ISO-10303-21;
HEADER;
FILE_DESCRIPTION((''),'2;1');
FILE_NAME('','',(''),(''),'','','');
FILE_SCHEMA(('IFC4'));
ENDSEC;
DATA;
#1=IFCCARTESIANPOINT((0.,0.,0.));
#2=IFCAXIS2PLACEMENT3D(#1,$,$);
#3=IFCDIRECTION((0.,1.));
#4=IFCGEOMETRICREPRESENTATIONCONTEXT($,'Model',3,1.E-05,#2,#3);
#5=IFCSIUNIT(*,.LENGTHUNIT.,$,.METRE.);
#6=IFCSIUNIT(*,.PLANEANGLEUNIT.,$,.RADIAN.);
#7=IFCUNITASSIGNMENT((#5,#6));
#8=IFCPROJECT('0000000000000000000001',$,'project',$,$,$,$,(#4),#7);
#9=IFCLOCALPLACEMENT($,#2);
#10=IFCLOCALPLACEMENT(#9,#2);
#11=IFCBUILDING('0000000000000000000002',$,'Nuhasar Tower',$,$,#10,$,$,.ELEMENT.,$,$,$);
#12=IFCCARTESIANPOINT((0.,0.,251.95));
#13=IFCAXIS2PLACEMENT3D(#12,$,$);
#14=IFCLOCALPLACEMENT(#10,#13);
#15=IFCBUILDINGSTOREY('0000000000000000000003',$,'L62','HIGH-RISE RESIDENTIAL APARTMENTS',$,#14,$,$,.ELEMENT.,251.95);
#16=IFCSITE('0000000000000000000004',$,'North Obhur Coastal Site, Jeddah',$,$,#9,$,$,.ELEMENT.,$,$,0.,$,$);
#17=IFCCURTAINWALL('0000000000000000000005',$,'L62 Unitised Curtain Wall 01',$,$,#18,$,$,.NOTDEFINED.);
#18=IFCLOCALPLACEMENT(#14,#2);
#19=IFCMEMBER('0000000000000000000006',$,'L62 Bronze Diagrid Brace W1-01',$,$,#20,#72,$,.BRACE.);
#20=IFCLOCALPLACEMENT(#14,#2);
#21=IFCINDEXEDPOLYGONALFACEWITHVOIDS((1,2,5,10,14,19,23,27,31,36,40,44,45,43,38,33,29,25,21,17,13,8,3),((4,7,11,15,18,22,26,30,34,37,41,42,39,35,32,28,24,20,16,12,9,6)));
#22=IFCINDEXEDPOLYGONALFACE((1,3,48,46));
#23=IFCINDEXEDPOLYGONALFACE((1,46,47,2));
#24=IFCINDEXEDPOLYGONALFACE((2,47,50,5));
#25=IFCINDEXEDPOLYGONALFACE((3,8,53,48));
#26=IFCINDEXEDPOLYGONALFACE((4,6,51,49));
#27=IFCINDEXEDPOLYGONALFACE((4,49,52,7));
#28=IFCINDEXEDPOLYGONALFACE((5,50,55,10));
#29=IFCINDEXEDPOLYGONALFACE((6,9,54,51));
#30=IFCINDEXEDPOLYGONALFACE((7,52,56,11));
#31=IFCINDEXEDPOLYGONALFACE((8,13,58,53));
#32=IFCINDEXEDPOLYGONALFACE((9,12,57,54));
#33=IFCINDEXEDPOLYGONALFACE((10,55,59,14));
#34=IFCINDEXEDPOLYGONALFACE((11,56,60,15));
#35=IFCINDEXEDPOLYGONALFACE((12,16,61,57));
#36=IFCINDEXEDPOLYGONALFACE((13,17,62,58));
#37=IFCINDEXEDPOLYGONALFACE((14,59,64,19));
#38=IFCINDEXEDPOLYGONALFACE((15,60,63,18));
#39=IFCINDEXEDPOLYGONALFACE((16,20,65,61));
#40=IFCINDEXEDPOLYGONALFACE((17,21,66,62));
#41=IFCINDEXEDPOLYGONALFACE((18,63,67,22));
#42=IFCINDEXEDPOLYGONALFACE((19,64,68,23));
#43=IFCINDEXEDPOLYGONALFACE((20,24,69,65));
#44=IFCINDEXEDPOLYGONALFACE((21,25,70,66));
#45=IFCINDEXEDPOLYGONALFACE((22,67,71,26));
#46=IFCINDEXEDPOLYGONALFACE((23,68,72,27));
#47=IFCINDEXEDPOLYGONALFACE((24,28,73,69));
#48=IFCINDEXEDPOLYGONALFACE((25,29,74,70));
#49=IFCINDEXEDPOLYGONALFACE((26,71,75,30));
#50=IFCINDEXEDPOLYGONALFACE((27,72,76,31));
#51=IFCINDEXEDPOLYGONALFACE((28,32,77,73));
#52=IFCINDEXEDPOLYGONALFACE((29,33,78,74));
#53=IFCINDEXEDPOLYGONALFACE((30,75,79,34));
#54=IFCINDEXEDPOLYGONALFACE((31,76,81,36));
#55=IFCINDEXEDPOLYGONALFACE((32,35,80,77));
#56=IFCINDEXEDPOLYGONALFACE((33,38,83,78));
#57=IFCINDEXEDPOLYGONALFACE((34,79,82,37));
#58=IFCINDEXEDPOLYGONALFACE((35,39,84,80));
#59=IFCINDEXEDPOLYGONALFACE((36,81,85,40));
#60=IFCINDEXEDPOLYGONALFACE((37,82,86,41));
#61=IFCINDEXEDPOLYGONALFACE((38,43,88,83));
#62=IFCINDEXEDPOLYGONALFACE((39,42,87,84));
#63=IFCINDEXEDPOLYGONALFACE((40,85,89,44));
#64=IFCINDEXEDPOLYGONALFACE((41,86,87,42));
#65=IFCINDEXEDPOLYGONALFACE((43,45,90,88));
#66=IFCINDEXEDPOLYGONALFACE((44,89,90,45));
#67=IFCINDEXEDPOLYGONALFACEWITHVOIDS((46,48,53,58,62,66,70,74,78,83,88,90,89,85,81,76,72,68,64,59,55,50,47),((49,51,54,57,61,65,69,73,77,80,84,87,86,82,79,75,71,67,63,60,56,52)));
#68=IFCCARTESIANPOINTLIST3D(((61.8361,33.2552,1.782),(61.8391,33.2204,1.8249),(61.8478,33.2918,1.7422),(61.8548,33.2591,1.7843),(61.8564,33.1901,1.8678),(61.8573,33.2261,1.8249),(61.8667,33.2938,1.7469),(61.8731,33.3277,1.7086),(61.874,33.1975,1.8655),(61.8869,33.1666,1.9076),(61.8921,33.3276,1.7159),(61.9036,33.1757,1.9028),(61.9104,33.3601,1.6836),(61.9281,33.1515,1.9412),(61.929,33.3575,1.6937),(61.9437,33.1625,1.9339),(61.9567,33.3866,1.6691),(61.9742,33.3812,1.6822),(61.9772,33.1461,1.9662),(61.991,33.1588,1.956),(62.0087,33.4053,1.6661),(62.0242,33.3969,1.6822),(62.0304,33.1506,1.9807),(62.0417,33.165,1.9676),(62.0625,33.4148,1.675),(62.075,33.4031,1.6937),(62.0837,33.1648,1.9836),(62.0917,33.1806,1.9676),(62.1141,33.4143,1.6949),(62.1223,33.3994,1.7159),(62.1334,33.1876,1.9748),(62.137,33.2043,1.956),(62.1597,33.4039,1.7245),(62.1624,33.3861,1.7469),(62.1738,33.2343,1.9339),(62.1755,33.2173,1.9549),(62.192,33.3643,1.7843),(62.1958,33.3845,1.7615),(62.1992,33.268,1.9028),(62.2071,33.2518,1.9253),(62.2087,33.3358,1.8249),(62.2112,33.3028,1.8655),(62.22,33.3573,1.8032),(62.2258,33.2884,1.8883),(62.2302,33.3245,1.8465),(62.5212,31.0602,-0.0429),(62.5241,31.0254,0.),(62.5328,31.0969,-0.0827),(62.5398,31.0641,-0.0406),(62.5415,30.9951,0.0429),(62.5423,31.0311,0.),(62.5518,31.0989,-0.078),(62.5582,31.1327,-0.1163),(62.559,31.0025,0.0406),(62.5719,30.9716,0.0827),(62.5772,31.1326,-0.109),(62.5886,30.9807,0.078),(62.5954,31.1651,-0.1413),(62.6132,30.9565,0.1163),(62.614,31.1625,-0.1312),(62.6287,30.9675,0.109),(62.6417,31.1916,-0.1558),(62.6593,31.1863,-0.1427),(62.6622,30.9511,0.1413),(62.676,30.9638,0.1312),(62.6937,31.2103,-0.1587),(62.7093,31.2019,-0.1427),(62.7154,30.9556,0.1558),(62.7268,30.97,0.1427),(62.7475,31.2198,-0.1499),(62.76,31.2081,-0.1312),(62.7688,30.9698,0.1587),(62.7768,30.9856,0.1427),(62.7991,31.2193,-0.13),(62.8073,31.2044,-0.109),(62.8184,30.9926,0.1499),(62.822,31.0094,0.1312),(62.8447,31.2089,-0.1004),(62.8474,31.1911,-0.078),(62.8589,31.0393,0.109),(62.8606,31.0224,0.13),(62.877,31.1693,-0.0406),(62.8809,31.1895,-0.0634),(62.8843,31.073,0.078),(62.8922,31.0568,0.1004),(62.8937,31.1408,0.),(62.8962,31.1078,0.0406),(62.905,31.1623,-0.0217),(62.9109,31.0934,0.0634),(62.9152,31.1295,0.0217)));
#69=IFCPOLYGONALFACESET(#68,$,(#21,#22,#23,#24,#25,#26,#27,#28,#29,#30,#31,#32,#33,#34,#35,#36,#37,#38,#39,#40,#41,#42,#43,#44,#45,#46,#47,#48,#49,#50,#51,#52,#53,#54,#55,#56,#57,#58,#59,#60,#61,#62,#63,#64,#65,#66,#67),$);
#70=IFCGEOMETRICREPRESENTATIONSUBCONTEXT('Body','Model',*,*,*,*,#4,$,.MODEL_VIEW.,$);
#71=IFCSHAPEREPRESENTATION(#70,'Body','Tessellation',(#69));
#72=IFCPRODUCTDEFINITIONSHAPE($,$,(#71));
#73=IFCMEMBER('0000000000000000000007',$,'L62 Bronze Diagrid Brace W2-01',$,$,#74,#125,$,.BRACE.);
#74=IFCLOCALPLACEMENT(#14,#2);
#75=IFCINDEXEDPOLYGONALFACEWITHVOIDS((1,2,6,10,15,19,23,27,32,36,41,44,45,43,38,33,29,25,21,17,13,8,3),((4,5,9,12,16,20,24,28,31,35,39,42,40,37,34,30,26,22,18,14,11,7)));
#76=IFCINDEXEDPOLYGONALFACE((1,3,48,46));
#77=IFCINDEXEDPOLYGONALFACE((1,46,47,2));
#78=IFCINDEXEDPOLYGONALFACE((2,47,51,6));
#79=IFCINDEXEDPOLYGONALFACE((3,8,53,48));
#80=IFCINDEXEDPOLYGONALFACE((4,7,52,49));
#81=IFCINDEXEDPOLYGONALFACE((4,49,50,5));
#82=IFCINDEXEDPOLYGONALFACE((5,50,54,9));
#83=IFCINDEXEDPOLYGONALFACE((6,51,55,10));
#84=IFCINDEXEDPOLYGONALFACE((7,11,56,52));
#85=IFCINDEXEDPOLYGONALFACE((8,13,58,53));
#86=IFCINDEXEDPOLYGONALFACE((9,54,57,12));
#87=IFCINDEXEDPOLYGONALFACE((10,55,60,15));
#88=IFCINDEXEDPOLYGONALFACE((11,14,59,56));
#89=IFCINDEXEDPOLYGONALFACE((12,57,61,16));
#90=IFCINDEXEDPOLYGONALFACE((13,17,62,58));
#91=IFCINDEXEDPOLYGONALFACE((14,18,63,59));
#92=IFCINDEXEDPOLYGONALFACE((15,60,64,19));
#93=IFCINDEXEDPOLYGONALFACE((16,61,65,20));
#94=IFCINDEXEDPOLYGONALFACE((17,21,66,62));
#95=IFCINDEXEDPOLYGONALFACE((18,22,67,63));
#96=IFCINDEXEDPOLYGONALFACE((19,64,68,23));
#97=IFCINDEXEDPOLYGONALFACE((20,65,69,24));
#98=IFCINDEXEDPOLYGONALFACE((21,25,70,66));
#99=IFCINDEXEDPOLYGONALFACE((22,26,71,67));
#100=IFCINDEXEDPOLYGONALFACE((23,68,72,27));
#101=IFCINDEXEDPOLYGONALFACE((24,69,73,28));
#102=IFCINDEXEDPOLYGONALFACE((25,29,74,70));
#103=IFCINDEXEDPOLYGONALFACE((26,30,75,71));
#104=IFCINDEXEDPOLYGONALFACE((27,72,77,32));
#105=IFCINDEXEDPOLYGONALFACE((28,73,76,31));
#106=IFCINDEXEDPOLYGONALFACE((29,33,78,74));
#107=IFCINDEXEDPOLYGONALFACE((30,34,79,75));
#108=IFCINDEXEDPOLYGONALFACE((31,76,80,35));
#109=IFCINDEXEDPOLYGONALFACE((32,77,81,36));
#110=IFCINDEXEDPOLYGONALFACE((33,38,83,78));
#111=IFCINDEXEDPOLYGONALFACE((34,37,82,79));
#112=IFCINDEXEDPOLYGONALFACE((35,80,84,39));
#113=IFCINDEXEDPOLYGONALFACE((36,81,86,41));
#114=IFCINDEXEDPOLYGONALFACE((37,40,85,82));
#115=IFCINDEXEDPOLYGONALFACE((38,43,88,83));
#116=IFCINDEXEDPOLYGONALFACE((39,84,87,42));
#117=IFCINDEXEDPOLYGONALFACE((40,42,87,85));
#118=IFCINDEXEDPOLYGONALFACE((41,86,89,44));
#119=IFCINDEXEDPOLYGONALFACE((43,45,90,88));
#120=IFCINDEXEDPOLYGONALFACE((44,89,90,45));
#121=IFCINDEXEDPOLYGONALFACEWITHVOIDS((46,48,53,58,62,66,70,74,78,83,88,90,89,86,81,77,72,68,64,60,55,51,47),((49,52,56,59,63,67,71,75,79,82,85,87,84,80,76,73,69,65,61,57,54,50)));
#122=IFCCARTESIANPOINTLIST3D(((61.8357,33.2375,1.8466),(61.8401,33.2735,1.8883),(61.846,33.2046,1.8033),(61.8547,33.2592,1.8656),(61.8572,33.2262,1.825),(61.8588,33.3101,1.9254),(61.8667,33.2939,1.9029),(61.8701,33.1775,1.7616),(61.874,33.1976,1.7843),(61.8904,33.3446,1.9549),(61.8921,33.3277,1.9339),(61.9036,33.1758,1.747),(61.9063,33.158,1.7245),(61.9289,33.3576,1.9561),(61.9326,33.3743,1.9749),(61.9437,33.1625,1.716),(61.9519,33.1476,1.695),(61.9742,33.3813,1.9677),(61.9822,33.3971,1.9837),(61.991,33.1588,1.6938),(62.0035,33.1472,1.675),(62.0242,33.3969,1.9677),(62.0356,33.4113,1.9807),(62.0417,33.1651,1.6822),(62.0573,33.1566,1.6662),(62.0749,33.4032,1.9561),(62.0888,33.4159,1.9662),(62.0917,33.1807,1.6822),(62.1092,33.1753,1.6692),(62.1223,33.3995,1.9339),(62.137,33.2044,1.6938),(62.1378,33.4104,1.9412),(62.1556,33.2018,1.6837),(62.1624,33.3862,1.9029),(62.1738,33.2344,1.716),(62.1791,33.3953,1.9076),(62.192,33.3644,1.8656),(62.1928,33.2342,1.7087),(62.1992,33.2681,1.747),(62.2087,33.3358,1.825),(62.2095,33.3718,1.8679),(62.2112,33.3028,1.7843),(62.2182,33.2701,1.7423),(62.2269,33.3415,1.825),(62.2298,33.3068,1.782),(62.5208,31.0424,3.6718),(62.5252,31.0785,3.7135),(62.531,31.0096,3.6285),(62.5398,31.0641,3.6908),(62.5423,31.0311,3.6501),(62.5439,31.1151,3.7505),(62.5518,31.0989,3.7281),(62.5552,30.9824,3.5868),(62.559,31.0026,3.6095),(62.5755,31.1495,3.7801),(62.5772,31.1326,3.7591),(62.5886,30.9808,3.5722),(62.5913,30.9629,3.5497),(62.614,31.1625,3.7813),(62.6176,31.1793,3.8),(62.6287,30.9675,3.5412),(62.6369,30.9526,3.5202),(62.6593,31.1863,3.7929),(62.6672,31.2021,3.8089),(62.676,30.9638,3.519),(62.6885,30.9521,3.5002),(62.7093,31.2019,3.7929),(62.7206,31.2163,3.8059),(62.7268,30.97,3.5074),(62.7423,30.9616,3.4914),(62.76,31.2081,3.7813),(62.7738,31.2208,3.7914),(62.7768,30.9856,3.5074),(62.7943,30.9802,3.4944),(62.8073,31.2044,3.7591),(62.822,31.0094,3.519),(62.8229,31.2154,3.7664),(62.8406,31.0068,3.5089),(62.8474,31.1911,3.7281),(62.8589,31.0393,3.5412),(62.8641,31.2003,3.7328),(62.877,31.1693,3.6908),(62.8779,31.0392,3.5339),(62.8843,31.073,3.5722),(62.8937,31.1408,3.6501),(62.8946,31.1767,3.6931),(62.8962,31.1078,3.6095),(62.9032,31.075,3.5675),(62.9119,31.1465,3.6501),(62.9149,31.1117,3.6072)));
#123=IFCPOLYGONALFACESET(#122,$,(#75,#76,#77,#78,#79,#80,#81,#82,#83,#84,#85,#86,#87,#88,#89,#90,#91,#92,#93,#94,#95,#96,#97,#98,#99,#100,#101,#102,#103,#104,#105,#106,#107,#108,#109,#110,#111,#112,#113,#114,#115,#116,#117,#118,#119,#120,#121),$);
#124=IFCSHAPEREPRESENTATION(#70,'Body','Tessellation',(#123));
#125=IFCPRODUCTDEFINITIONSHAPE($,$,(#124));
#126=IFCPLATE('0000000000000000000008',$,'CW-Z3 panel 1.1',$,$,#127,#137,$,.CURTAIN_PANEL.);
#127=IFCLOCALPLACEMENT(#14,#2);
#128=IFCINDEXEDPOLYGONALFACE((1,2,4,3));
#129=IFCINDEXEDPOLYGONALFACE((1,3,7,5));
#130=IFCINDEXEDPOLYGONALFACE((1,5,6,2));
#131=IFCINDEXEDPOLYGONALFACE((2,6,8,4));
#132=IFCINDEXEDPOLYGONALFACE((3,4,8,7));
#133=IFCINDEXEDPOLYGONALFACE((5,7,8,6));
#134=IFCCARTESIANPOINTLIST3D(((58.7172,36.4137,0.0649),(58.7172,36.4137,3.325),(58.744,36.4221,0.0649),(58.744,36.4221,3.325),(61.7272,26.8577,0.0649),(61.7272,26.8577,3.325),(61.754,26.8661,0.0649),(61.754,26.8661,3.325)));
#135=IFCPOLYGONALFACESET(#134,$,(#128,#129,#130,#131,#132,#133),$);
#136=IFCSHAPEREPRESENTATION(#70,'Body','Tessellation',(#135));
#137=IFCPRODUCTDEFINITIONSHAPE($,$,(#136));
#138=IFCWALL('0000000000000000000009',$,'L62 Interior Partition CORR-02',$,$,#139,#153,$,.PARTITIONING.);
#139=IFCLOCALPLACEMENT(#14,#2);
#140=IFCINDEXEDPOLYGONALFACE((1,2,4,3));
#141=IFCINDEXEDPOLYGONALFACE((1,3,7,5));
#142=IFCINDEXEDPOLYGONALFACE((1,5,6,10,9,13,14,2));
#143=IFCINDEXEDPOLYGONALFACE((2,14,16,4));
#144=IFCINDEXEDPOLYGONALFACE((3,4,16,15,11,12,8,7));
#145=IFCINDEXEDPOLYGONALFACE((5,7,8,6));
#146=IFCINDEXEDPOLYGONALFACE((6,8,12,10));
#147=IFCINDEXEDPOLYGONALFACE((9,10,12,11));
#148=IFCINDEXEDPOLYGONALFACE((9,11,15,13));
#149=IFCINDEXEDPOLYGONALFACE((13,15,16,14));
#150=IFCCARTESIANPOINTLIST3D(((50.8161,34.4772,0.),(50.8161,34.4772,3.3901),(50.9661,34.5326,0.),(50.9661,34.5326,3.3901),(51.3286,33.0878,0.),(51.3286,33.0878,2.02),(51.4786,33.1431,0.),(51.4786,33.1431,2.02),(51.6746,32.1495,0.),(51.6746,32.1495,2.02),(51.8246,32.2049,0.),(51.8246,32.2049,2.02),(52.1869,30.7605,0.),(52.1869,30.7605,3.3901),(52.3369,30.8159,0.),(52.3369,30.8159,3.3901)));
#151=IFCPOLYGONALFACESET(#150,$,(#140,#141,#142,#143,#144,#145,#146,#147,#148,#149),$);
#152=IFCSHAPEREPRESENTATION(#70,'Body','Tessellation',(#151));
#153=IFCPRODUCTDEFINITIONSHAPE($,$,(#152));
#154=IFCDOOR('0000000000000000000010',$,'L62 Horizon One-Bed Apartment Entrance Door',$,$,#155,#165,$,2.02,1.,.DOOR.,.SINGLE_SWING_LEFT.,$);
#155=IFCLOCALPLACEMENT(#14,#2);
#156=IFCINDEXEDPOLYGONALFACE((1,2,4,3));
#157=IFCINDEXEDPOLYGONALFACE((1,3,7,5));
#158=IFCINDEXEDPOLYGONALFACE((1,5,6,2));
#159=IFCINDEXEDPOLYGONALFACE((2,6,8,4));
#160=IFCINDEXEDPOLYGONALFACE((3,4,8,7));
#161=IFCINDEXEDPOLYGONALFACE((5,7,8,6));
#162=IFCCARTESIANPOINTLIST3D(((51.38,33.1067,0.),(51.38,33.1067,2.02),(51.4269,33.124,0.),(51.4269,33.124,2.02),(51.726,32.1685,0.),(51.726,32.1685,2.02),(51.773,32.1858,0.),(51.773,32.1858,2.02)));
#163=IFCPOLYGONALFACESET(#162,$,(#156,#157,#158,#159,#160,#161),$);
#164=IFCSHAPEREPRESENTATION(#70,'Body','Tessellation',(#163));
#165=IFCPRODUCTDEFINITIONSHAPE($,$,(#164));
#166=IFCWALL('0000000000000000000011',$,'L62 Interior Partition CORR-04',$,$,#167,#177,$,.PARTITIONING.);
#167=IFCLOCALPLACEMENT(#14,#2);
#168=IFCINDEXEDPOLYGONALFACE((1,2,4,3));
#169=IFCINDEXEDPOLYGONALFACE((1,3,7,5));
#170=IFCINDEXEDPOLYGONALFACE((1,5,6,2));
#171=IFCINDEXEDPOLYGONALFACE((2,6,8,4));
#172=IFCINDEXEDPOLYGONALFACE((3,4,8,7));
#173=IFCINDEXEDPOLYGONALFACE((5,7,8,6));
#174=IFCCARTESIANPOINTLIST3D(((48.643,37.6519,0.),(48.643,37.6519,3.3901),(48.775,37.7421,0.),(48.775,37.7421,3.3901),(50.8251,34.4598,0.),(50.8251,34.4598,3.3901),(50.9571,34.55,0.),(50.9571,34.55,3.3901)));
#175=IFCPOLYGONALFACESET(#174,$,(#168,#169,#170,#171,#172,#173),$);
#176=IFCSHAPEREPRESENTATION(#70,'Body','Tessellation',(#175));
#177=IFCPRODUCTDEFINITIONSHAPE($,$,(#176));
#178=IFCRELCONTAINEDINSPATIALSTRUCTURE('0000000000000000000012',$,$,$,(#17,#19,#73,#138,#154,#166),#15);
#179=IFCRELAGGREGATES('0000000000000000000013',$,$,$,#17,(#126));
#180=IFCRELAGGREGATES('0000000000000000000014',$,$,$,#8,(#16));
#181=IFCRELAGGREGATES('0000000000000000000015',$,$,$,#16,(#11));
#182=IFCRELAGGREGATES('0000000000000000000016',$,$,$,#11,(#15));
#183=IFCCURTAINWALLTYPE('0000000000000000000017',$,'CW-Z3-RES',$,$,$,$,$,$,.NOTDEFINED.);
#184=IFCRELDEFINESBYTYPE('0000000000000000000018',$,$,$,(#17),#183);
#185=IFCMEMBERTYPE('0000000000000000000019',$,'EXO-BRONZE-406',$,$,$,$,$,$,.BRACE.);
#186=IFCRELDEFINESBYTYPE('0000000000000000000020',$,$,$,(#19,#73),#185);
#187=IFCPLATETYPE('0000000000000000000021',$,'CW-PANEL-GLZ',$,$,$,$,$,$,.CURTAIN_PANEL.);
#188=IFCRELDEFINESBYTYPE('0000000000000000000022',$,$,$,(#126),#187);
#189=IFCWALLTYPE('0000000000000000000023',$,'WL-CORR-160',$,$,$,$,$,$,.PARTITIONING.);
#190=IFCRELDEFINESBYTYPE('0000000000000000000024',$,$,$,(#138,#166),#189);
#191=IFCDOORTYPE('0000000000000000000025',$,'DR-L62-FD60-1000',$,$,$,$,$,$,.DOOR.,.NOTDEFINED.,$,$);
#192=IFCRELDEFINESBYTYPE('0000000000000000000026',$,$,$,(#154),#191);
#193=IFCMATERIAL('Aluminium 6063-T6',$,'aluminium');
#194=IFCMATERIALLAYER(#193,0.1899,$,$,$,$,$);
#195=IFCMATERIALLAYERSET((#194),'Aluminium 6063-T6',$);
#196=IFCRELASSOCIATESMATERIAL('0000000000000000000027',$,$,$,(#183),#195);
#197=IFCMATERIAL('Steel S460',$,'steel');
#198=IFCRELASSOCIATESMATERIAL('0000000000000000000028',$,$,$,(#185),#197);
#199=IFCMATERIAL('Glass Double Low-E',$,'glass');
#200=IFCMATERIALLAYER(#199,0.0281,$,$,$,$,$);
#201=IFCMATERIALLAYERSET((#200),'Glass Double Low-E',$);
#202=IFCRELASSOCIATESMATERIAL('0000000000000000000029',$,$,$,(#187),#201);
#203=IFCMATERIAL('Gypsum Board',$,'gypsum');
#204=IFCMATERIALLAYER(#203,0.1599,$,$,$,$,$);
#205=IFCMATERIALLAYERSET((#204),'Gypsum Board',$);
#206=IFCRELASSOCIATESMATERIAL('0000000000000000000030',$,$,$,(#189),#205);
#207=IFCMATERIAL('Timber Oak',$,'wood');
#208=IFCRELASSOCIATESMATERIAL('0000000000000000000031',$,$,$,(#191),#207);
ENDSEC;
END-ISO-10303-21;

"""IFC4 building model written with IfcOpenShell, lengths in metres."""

from ifc_helpers import new_model, si_unit, direction, frame, frame_2d, origin, origin_2d, place, context, subcontext, project, spatial, rectangle, hollow_circle, extrude, material, layer, layer_set, material_profile, profile_set, type_object, element, fill, aggregate, save


model = new_model("IFC4")

# Units and contexts
model_context = context("Model", 3, precision=1e-05, world=origin(), true_north=direction((0.0, 1.0)))
body_context = subcontext(model_context, "Body", "Model", "MODEL_VIEW")
ifc_project = project(units=[si_unit("LENGTHUNIT", "METRE"), si_unit("PLANEANGLEUNIT", "RADIAN")], contexts=[model_context])

# Site, building, storey
site_placement = place(None, origin())
site = spatial("IfcSite", under=ifc_project, at=site_placement, Name="North Obhur Coastal Site, Jeddah", CompositionType="ELEMENT", RefElevation=0.0)
building_placement = place(site_placement, origin())
building = spatial("IfcBuilding", under=site, at=building_placement, Name="Nuhasar Tower", CompositionType="ELEMENT")
storey_placement = place(building_placement, frame((0.0, 0.0, 251.95)))
storey = spatial("IfcBuildingStorey", under=building, at=storey_placement, Name="L62", Description="HIGH-RISE RESIDENTIAL APARTMENTS", CompositionType="ELEMENT", Elevation=251.95)

# Curtain wall
ifc_material_1 = material(Name="Aluminium 6063-T6", Category="aluminium")
ifc_layer_1 = layer(ifc_material_1, 0.1899)
ifc_layer_set_1 = layer_set([ifc_layer_1], Name="Aluminium 6063-T6")
curtain_wall_type = type_object("IfcCurtainWallType", Name="CW-Z3-RES", PredefinedType="NOTDEFINED", material=ifc_layer_set_1)
curtain_wall_placement = place(storey_placement, origin())
curtain_wall = element("IfcCurtainWall", 1, at=curtain_wall_placement, inside=storey, type_object=curtain_wall_type, Name="L62 Unitised Curtain Wall 01", PredefinedType="NOTDEFINED")

# Members
ifc_material_2 = material(Name="Steel S460", Category="steel")
ifc_material_profile_1 = material_profile(ifc_material_2, hollow_circle(Radius=0.2031, WallThickness=0.019, at=origin_2d()), Name="HSS406.4X19.1")
ifc_profile_set_1 = profile_set([ifc_material_profile_1], Name="Steel S460")
member_type_1 = type_object("IfcMemberType", Name="EXO-BRONZE-406", PredefinedType="BRACE", material=ifc_profile_set_1)
member_1_placement = place(storey_placement, frame((62.718, 31.0859, 0.0), z_axis=(-0.233358, 0.747727, 0.62165), x_axis=(-0.954591, -0.297918, 0.0)))
element("IfcMember", 2, at=member_1_placement, inside=storey, type_object=member_type_1, Name="L62 Bronze Diagrid Brace W1-01", PredefinedType="BRACE", context=body_context, shape_type="SweptSolid", body=[
    extrude(hollow_circle(Radius=0.2031, WallThickness=0.019, at=origin_2d()), origin(), (0.0, 0.0, 1.0), 2.9355),
])
member_2_placement = place(storey_placement, frame((62.033, 33.281, 1.825), z_axis=(0.233346, -0.747688, 0.621701), x_axis=(0.954591, 0.297918, 0.0)))
element("IfcMember", 3, at=member_2_placement, inside=storey, type_object=member_type_1, Name="L62 Bronze Diagrid Brace W2-01", PredefinedType="BRACE", context=body_context, shape_type="SweptSolid", body=[
    extrude(hollow_circle(Radius=0.2031, WallThickness=0.019, at=origin_2d()), origin(), (0.0, 0.0, 1.0), 2.9358),
])

# Plate
ifc_material_3 = material(Name="Glass Double Low-E", Category="glass")
ifc_layer_2 = layer(ifc_material_3, 0.0281)
ifc_layer_set_2 = layer_set([ifc_layer_2], Name="Glass Double Low-E")
plate_type = type_object("IfcPlateType", Name="CW-PANEL-GLZ", PredefinedType="CURTAIN_PANEL", material=ifc_layer_set_2)
plate_placement = place(storey_placement, frame((60.2356, 31.6399, 0.0649), z_axis=(0.0, 0.0, 1.0), x_axis=(-0.300429, 0.953804, 0.0)))
plate = element("IfcPlate", 4, at=plate_placement, type_object=plate_type, Name="CW-Z3 panel 1.1", PredefinedType="CURTAIN_PANEL", context=body_context, shape_type="SweptSolid", body=[
    extrude(rectangle(XDim=10.0188, YDim=0.0281, at=origin_2d()), origin(), (0.0, 0.0, 1.0), 3.26),
])
aggregate(curtain_wall, [plate])

# Wall, opening, door
ifc_material_4 = material(Name="Gypsum Board", Category="gypsum")
ifc_layer_3 = layer(ifc_material_4, 0.1599)
ifc_layer_set_3 = layer_set([ifc_layer_3], Name="Gypsum Board")
wall_type_1 = type_object("IfcWallType", Name="WL-CORR-160", PredefinedType="PARTITIONING", material=ifc_layer_set_3)
wall_1_placement = place(storey_placement, frame((50.8911, 34.5049, 0.0), z_axis=(0.0, 0.0, 1.0), x_axis=(0.346039, -0.93822, 0.0)))
wall_1 = element("IfcWall", 5, at=wall_1_placement, inside=storey, type_object=wall_type_1, Name="L62 Interior Partition CORR-02", PredefinedType="PARTITIONING", context=body_context, shape_type="SweptSolid", body=[
    extrude(rectangle(XDim=3.9614, YDim=0.1599, at=frame_2d((1.9807, 0.0))), origin(), (0.0, 0.0, 1.0), 3.3901),
])
opening_1_placement = place(wall_1_placement, frame((1.481, 0.0, 0.0)))
opening_1 = element("IfcOpeningElement", 6, at=opening_1_placement, cuts=wall_1, PredefinedType="OPENING", context=body_context, shape_type="SweptSolid", body=[
    extrude(rectangle(XDim=1.0, YDim=2.02, at=frame_2d((0.5, 1.01))), frame((0.0, 0.0898, 0.0), z_axis=(0.0, -1.0, 0.0), x_axis=(1.0, 0.0, 0.0)), (0.0, 0.0, 1.0), 0.1799),
])
ifc_material_5 = material(Name="Timber Oak", Category="wood")
door_type_1 = type_object("IfcDoorType", Name="DR-L62-FD60-1000", OperationType="NOTDEFINED", PredefinedType="DOOR", material=ifc_material_5)
door_1_placement = place(opening_1_placement, origin())
door_1 = element("IfcDoor", 7, at=door_1_placement, inside=storey, type_object=door_type_1, Name="L62 Horizon One-Bed Apartment Entrance Door", OperationType="SINGLE_SWING_LEFT", OverallHeight=2.02, OverallWidth=1.0, PredefinedType="DOOR", context=body_context, shape_type="SweptSolid", body=[
    extrude(rectangle(XDim=1.0, YDim=2.02, at=frame_2d((0.5, 1.01))), frame((0.0, 0.0249, 0.0), z_axis=(0.0, -1.0, 0.0), x_axis=(1.0, 0.0, 0.0)), (0.0, 0.0, 1.0), 0.05),
])
fill(opening_1, door_1)

# Wall
wall_2_placement = place(storey_placement, frame((50.8911, 34.5049, 0.0), z_axis=(0.0, 0.0, 1.0), x_axis=(-0.564338, 0.825544, 0.0)))
element("IfcWall", 8, at=wall_2_placement, inside=storey, type_object=wall_type_1, Name="L62 Interior Partition CORR-04", PredefinedType="PARTITIONING", context=body_context, shape_type="SweptSolid", body=[
    extrude(rectangle(XDim=3.8667, YDim=0.1599, at=frame_2d((1.9333, 0.0))), origin(), (0.0, 0.0, 1.0), 3.3901),
])

save(model, "model.ifc")
